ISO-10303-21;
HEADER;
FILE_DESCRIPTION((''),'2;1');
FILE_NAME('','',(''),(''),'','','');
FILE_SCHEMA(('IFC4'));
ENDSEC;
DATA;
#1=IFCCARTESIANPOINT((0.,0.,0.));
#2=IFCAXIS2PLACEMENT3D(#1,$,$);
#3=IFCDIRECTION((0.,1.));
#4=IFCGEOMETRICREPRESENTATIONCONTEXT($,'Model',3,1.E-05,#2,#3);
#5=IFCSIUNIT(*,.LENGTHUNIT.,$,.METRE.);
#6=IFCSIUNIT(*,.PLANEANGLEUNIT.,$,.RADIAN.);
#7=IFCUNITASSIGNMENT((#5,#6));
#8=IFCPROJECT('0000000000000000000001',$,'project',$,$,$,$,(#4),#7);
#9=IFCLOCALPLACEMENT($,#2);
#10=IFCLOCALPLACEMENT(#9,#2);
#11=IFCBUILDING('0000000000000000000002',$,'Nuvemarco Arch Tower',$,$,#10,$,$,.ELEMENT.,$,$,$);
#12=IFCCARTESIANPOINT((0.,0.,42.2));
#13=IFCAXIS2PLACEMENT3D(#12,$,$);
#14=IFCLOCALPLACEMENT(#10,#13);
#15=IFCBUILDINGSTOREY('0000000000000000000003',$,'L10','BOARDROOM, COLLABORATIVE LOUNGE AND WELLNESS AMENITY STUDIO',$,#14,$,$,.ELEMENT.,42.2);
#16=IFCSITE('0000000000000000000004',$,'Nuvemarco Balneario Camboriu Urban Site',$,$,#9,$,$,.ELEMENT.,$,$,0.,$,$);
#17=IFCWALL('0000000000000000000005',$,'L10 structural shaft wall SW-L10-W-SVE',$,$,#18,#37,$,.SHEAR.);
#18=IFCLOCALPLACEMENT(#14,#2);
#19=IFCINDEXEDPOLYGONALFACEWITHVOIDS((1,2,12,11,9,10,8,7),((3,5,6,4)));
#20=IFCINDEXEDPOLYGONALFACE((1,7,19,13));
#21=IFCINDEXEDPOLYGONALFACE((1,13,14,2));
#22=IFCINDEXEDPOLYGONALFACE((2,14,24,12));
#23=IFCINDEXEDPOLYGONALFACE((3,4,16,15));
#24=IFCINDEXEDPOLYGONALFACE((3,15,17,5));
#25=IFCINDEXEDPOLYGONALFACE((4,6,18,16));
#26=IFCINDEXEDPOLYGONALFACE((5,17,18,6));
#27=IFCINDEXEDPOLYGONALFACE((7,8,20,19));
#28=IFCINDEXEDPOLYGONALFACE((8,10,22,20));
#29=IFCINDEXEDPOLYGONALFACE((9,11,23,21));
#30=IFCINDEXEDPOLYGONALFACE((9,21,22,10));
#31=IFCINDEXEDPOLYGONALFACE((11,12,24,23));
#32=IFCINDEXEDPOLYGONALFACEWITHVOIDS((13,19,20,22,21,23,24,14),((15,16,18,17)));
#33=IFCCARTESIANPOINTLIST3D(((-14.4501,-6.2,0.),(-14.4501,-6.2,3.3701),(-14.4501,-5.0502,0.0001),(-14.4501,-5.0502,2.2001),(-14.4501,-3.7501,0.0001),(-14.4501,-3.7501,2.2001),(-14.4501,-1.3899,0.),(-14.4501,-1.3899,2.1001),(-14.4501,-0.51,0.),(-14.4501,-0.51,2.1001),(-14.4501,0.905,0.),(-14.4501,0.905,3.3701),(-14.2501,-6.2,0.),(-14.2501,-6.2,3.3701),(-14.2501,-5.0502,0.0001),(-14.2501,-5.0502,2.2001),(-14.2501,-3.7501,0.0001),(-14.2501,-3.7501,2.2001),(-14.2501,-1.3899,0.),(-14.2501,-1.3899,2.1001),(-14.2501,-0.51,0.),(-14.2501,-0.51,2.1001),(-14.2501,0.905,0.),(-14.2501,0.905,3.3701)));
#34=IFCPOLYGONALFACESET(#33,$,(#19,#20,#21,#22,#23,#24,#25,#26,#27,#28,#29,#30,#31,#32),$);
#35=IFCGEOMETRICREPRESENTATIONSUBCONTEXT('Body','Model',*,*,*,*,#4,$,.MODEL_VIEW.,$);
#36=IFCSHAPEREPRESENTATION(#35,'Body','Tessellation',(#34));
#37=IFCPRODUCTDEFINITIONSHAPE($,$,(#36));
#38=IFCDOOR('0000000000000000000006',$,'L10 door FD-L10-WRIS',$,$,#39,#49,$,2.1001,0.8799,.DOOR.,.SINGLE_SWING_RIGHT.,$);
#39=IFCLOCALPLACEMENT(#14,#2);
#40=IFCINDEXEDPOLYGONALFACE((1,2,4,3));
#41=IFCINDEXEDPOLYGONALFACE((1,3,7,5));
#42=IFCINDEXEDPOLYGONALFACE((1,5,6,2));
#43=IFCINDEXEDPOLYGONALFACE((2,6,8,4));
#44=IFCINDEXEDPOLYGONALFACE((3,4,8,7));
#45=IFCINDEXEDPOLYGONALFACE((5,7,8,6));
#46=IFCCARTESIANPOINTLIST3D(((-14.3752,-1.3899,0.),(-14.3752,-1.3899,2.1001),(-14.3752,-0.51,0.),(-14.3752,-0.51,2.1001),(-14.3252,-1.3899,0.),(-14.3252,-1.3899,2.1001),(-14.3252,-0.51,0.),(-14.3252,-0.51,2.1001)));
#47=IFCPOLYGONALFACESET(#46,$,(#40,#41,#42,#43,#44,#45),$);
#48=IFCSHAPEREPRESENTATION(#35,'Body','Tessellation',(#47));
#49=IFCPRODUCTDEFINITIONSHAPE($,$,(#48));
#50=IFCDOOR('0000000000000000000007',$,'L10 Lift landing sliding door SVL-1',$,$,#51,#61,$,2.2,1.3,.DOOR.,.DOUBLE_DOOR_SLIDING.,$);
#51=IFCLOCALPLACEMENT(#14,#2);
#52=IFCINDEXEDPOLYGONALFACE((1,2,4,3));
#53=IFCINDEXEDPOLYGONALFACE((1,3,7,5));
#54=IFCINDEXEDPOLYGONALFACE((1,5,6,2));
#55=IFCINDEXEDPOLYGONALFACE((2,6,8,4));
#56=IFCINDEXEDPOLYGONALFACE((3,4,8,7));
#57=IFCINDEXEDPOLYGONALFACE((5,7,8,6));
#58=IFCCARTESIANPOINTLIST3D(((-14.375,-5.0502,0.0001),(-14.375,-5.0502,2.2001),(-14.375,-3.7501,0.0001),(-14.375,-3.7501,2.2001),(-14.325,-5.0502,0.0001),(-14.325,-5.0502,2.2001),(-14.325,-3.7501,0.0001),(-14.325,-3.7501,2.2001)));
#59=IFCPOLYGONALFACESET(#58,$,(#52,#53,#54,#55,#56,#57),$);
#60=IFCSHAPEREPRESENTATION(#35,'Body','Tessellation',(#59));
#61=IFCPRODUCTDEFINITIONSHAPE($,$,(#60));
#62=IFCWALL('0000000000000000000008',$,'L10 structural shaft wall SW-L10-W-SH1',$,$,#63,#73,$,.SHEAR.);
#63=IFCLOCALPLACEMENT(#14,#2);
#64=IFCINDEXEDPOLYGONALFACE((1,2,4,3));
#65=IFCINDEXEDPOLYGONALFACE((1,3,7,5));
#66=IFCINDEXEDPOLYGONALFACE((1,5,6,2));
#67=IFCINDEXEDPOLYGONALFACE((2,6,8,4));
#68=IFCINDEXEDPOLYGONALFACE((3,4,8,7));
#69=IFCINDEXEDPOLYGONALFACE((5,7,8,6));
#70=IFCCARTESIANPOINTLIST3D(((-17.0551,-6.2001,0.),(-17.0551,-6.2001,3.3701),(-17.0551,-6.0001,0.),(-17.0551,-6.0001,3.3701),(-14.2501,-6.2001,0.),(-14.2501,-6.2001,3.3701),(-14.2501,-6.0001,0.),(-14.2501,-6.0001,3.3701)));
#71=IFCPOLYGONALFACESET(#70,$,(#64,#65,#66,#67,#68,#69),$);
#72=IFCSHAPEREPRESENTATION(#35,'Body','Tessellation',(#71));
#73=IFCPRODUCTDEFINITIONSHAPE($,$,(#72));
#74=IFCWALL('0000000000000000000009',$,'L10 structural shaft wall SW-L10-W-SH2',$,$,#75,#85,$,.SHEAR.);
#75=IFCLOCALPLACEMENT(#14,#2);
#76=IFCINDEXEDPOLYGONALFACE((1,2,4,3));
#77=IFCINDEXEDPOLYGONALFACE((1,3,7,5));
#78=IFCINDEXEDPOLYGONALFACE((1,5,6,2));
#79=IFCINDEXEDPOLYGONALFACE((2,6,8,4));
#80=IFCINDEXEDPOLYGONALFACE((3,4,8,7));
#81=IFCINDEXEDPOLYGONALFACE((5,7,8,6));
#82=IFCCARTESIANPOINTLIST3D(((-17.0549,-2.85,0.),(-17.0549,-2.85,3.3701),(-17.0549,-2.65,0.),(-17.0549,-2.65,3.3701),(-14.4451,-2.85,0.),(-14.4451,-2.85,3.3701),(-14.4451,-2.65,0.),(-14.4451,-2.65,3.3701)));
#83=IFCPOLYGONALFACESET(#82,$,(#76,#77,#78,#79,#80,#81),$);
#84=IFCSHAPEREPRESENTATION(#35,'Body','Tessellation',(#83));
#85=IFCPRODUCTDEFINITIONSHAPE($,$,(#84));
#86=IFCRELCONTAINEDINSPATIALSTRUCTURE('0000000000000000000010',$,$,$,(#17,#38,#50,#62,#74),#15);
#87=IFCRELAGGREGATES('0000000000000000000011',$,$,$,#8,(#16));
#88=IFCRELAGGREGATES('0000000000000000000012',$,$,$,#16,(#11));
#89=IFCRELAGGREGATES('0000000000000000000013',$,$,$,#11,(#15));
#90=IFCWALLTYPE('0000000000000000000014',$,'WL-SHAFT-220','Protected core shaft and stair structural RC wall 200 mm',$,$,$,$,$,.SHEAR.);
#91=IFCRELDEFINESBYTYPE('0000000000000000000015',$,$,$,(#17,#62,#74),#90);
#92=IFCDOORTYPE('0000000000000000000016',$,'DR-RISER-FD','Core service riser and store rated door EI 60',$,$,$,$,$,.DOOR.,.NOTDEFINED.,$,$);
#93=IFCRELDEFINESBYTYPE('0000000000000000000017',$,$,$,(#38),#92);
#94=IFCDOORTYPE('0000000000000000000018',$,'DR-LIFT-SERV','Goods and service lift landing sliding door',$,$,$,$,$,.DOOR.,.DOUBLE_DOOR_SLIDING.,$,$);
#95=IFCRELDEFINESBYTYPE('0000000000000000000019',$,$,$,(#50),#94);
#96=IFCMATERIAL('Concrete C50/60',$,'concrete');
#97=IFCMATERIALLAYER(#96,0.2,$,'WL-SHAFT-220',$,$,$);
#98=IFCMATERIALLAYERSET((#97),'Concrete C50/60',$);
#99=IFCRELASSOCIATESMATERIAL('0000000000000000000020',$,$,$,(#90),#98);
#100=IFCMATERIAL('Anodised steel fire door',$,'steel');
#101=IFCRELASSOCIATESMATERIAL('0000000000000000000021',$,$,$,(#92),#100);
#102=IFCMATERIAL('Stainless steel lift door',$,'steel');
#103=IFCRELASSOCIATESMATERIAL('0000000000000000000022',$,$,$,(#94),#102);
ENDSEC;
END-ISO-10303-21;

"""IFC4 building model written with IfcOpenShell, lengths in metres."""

from ifc_helpers import new_model, si_unit, direction, frame, frame_2d, origin, place, context, subcontext, project, spatial, rectangle, extrude, source, transform, mapped, material, layer, layer_set, type_object, type_shapes, element, fill, save


model = new_model("IFC4")

# Units and contexts
model_context = context("Model", 3, precision=1e-05, world=origin(), true_north=direction((0.0, 1.0)))
body_context = subcontext(model_context, "Body", "Model", "MODEL_VIEW")
ifc_project = project(units=[si_unit("LENGTHUNIT", "METRE"), si_unit("PLANEANGLEUNIT", "RADIAN")], contexts=[model_context])

# Site, building, storey
site_placement = place(None, origin())
site = spatial("IfcSite", under=ifc_project, at=site_placement, Name="Nuvemarco Balneario Camboriu Urban Site", CompositionType="ELEMENT", RefElevation=0.0)
building_placement = place(site_placement, origin())
building = spatial("IfcBuilding", under=site, at=building_placement, Name="Nuvemarco Arch Tower", CompositionType="ELEMENT")
storey_placement = place(building_placement, frame((0.0, 0.0, 42.2)))
storey = spatial("IfcBuildingStorey", under=building, at=storey_placement, Name="L10", Description="BOARDROOM, COLLABORATIVE LOUNGE AND WELLNESS AMENITY STUDIO", CompositionType="ELEMENT", Elevation=42.2)

# Shared definitions
ifc_material_1 = material(Name="Concrete C50/60", Category="concrete")
ifc_layer_1 = layer(ifc_material_1, 0.2, Name="WL-SHAFT-220")
ifc_layer_set_1 = layer_set([ifc_layer_1], Name="Concrete C50/60")
wall_type_1 = type_object("IfcWallType", Name="WL-SHAFT-220", Description="Protected core shaft and stair structural RC wall 200 mm", PredefinedType="SHEAR", material=ifc_layer_set_1)
ifc_material_2 = material(Name="Stainless steel lift door", Category="steel")

# Wall, openings, doors
wall_1_placement = place(storey_placement, frame((-14.3501, -6.2, 0.0), z_axis=(0.0, 0.0, 1.0), x_axis=(0.0, 1.0, 0.0)))
wall_1 = element("IfcWall", 1, at=wall_1_placement, inside=storey, type_object=wall_type_1, Name="L10 structural shaft wall SW-L10-W-SVE", PredefinedType="SHEAR", context=body_context, shape_type="SweptSolid", body=[
    extrude(rectangle(XDim=7.105, YDim=0.2, at=frame_2d((3.5525, 0.0))), origin(), (0.0, 0.0, 1.0), 3.3701),
])
opening_1_placement = place(wall_1_placement, frame((5.6899, 0.0, 0.0), z_axis=(0.0, 0.0, 1.0), x_axis=(-1.0, 0.0, 0.0)))
opening_1 = element("IfcOpeningElement", 2, at=opening_1_placement, cuts=wall_1, PredefinedType="OPENING", context=body_context, shape_type="SweptSolid", body=[
    extrude(rectangle(XDim=0.8799, YDim=2.1001, at=frame_2d((0.4399, 1.05))), frame((0.0, 0.1099, 0.0), z_axis=(0.0, -1.0, 0.0), x_axis=(1.0, 0.0, 0.0)), (0.0, 0.0, 1.0), 0.22),
])
opening_2_placement = place(wall_1_placement, frame((1.1499, 0.0, 0.0)))
opening_2 = element("IfcOpeningElement", 3, at=opening_2_placement, cuts=wall_1, PredefinedType="OPENING", context=body_context, shape_type="SweptSolid", body=[
    extrude(rectangle(XDim=1.3, YDim=2.2, at=frame_2d((0.6499, 1.1001))), frame((0.0, 0.1099, 0.0), z_axis=(0.0, -1.0, 0.0), x_axis=(1.0, 0.0, 0.0)), (0.0, 0.0, 1.0), 0.22),
])
ifc_material_3 = material(Name="Anodised steel fire door", Category="steel")
door_type_1 = type_object("IfcDoorType", Name="DR-RISER-FD", Description="Core service riser and store rated door EI 60", OperationType="NOTDEFINED", PredefinedType="DOOR", material=ifc_material_3)
shared_shape_1 = source(origin(), body_context, "Body", "SweptSolid", [
    extrude(rectangle(XDim=0.8799, YDim=2.1001, at=frame_2d((0.4399, 1.05))), frame((0.0, 0.0249, 0.0), z_axis=(0.0, -1.0, 0.0), x_axis=(1.0, 0.0, 0.0)), (0.0, 0.0, 1.0), 0.05),
])
type_shapes(door_type_1, [shared_shape_1])
door_1_placement = place(opening_1_placement, origin())
door_1 = element("IfcDoor", 4, at=door_1_placement, inside=storey, type_object=door_type_1, Name="L10 door FD-L10-WRIS", OperationType="SINGLE_SWING_RIGHT", OverallHeight=2.1001, OverallWidth=0.8799, PredefinedType="DOOR", context=body_context, shape_type="MappedRepresentation", body=[
    mapped(shared_shape_1, transform((0.0, 0.0, 0.0), scale=1.0)),
])
fill(opening_1, door_1)
door_type_2 = type_object("IfcDoorType", Name="DR-LIFT-SERV", Description="Goods and service lift landing sliding door", OperationType="DOUBLE_DOOR_SLIDING", PredefinedType="DOOR", material=ifc_material_2)
shared_shape_2 = source(origin(), body_context, "Body", "SweptSolid", [
    extrude(rectangle(XDim=1.3, YDim=2.2, at=frame_2d((0.6499, 1.1001))), frame((0.0, 0.0249, 0.0), z_axis=(0.0, -1.0, 0.0), x_axis=(1.0, 0.0, 0.0)), (0.0, 0.0, 1.0), 0.05),
])
type_shapes(door_type_2, [shared_shape_2])
door_2_placement = place(opening_2_placement, origin())
door_2 = element("IfcDoor", 5, at=door_2_placement, inside=storey, type_object=door_type_2, Name="L10 Lift landing sliding door SVL-1", OperationType="DOUBLE_DOOR_SLIDING", OverallHeight=2.2, OverallWidth=1.3, PredefinedType="DOOR", context=body_context, shape_type="MappedRepresentation", body=[
    mapped(shared_shape_2, transform((0.0, 0.0, 0.0), scale=1.0)),
])
fill(opening_2, door_2)

# Walls
wall_2_placement = place(storey_placement, frame((-17.0549, -6.1001, 0.0), z_axis=(0.0, 0.0, 1.0), x_axis=(1.0, 0.0, 0.0)))
element("IfcWall", 6, at=wall_2_placement, inside=storey, type_object=wall_type_1, Name="L10 structural shaft wall SW-L10-W-SH1", PredefinedType="SHEAR", context=body_context, shape_type="SweptSolid", body=[
    extrude(rectangle(XDim=2.8049, YDim=0.2, at=frame_2d((1.4023, 0.0))), origin(), (0.0, 0.0, 1.0), 3.3701),
])
wall_3_placement = place(storey_placement, frame((-17.0549, -2.75, 0.0), z_axis=(0.0, 0.0, 1.0), x_axis=(1.0, 0.0, 0.0)))
element("IfcWall", 7, at=wall_3_placement, inside=storey, type_object=wall_type_1, Name="L10 structural shaft wall SW-L10-W-SH2", PredefinedType="SHEAR", context=body_context, shape_type="SweptSolid", body=[
    extrude(rectangle(XDim=2.6099, YDim=0.2, at=frame_2d((1.3049, 0.0))), origin(), (0.0, 0.0, 1.0), 3.3701),
])

save(model, "model.ifc")
